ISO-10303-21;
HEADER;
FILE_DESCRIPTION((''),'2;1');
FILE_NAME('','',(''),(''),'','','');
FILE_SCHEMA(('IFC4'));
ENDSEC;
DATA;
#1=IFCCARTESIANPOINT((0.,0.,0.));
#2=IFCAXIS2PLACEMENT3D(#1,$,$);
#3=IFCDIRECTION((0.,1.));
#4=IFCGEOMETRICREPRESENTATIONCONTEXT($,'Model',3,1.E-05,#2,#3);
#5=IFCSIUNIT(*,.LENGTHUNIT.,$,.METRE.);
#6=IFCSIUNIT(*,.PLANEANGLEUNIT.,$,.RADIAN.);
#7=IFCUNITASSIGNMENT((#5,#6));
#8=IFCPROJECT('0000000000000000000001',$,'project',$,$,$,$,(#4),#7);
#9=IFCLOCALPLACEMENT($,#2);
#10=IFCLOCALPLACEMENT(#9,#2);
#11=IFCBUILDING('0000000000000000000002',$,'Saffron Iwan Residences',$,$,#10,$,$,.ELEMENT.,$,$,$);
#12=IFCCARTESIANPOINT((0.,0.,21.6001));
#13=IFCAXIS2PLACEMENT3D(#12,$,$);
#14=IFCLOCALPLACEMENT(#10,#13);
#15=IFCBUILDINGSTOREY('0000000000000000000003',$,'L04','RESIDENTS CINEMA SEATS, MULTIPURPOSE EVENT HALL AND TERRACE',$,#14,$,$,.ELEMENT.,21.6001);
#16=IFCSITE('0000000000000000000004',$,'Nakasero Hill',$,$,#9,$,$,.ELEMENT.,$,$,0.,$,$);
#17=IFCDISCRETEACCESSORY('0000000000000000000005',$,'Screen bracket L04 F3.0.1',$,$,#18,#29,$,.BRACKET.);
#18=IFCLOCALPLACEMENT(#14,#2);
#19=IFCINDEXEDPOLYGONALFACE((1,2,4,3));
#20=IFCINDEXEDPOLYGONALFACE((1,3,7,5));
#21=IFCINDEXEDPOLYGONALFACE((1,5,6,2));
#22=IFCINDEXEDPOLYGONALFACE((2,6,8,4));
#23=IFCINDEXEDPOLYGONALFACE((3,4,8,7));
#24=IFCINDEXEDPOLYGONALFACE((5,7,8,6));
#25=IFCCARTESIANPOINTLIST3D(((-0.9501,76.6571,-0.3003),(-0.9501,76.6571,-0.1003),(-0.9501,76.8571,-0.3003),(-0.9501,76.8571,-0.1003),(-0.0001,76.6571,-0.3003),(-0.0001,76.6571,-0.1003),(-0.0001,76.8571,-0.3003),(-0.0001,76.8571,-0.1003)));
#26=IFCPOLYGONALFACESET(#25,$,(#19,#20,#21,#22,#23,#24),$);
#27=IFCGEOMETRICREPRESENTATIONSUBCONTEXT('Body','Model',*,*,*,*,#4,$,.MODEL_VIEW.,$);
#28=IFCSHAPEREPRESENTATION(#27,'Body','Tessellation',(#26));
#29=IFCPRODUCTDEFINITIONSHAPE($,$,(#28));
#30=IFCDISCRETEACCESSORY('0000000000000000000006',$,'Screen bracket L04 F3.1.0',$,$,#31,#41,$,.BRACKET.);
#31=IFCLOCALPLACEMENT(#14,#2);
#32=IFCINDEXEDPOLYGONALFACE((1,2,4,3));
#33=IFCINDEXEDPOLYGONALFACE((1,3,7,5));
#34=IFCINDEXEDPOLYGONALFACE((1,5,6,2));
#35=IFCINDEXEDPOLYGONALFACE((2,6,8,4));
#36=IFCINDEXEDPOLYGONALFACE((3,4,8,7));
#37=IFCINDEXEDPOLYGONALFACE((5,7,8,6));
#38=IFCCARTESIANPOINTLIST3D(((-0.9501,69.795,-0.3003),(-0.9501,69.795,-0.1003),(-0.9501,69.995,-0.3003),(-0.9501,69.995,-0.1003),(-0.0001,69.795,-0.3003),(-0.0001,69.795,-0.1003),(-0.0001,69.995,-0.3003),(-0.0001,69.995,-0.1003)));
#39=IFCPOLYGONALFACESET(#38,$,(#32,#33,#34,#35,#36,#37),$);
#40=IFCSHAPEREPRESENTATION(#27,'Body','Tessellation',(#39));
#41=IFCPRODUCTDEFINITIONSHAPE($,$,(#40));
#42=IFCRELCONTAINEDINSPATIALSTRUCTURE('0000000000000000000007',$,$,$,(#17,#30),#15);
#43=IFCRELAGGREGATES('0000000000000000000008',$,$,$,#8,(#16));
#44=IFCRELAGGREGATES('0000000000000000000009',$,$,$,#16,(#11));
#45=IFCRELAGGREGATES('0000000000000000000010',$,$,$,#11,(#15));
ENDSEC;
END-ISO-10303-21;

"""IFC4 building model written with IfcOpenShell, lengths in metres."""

from ifc_helpers import new_model, si_unit, direction, frame, origin, origin_2d, place, context, subcontext, project, spatial, rectangle, extrude, source, transform, mapped, element, save


model = new_model("IFC4")

# Units and contexts
model_context = context("Model", 3, precision=1e-05, world=origin(), true_north=direction((0.0, 1.0)))
body_context = subcontext(model_context, "Body", "Model", "MODEL_VIEW")
ifc_project = project(units=[si_unit("LENGTHUNIT", "METRE"), si_unit("PLANEANGLEUNIT", "RADIAN")], contexts=[model_context])

# Site, building, storey
site_placement = place(None, origin())
site = spatial("IfcSite", under=ifc_project, at=site_placement, Name="Nakasero Hill", CompositionType="ELEMENT", RefElevation=0.0)
building_placement = place(site_placement, origin())
building = spatial("IfcBuilding", under=site, at=building_placement, Name="Saffron Iwan Residences", CompositionType="ELEMENT")
storey_placement = place(building_placement, frame((0.0, 0.0, 21.6001)))
storey = spatial("IfcBuildingStorey", under=building, at=storey_placement, Name="L04", Description="RESIDENTS CINEMA SEATS, MULTIPURPOSE EVENT HALL AND TERRACE", CompositionType="ELEMENT", Elevation=21.6001)

# Discrete accessories
shared_shape_1 = source(origin(), body_context, "Body", "SweptSolid", [
    extrude(rectangle(XDim=0.95, YDim=0.2, at=origin_2d()), origin(), (0.0, 0.0, 1.0), 0.2),
])
for number, where, z_axis, x_axis, name in (
    (1, (-0.4751, 76.7571, -0.3003), (0.0, 0.0, 1.0), (-1.0, 0.0, 0.0), "Screen bracket L04 F3.0.1"),
    (2, (-0.4751, 69.895, -0.3003), (0.0, 0.0, 1.0), (-1.0, 0.0, 0.0), "Screen bracket L04 F3.1.0"),
):
    element("IfcDiscreteAccessory", number, at=place(storey_placement, frame(where, z_axis=z_axis, x_axis=x_axis)), inside=storey, Name=name, PredefinedType="BRACKET", context=body_context, shape_type="MappedRepresentation", body=[
        mapped(shared_shape_1, transform((0.0, 0.0, 0.0))),
    ])

save(model, "model.ifc")
